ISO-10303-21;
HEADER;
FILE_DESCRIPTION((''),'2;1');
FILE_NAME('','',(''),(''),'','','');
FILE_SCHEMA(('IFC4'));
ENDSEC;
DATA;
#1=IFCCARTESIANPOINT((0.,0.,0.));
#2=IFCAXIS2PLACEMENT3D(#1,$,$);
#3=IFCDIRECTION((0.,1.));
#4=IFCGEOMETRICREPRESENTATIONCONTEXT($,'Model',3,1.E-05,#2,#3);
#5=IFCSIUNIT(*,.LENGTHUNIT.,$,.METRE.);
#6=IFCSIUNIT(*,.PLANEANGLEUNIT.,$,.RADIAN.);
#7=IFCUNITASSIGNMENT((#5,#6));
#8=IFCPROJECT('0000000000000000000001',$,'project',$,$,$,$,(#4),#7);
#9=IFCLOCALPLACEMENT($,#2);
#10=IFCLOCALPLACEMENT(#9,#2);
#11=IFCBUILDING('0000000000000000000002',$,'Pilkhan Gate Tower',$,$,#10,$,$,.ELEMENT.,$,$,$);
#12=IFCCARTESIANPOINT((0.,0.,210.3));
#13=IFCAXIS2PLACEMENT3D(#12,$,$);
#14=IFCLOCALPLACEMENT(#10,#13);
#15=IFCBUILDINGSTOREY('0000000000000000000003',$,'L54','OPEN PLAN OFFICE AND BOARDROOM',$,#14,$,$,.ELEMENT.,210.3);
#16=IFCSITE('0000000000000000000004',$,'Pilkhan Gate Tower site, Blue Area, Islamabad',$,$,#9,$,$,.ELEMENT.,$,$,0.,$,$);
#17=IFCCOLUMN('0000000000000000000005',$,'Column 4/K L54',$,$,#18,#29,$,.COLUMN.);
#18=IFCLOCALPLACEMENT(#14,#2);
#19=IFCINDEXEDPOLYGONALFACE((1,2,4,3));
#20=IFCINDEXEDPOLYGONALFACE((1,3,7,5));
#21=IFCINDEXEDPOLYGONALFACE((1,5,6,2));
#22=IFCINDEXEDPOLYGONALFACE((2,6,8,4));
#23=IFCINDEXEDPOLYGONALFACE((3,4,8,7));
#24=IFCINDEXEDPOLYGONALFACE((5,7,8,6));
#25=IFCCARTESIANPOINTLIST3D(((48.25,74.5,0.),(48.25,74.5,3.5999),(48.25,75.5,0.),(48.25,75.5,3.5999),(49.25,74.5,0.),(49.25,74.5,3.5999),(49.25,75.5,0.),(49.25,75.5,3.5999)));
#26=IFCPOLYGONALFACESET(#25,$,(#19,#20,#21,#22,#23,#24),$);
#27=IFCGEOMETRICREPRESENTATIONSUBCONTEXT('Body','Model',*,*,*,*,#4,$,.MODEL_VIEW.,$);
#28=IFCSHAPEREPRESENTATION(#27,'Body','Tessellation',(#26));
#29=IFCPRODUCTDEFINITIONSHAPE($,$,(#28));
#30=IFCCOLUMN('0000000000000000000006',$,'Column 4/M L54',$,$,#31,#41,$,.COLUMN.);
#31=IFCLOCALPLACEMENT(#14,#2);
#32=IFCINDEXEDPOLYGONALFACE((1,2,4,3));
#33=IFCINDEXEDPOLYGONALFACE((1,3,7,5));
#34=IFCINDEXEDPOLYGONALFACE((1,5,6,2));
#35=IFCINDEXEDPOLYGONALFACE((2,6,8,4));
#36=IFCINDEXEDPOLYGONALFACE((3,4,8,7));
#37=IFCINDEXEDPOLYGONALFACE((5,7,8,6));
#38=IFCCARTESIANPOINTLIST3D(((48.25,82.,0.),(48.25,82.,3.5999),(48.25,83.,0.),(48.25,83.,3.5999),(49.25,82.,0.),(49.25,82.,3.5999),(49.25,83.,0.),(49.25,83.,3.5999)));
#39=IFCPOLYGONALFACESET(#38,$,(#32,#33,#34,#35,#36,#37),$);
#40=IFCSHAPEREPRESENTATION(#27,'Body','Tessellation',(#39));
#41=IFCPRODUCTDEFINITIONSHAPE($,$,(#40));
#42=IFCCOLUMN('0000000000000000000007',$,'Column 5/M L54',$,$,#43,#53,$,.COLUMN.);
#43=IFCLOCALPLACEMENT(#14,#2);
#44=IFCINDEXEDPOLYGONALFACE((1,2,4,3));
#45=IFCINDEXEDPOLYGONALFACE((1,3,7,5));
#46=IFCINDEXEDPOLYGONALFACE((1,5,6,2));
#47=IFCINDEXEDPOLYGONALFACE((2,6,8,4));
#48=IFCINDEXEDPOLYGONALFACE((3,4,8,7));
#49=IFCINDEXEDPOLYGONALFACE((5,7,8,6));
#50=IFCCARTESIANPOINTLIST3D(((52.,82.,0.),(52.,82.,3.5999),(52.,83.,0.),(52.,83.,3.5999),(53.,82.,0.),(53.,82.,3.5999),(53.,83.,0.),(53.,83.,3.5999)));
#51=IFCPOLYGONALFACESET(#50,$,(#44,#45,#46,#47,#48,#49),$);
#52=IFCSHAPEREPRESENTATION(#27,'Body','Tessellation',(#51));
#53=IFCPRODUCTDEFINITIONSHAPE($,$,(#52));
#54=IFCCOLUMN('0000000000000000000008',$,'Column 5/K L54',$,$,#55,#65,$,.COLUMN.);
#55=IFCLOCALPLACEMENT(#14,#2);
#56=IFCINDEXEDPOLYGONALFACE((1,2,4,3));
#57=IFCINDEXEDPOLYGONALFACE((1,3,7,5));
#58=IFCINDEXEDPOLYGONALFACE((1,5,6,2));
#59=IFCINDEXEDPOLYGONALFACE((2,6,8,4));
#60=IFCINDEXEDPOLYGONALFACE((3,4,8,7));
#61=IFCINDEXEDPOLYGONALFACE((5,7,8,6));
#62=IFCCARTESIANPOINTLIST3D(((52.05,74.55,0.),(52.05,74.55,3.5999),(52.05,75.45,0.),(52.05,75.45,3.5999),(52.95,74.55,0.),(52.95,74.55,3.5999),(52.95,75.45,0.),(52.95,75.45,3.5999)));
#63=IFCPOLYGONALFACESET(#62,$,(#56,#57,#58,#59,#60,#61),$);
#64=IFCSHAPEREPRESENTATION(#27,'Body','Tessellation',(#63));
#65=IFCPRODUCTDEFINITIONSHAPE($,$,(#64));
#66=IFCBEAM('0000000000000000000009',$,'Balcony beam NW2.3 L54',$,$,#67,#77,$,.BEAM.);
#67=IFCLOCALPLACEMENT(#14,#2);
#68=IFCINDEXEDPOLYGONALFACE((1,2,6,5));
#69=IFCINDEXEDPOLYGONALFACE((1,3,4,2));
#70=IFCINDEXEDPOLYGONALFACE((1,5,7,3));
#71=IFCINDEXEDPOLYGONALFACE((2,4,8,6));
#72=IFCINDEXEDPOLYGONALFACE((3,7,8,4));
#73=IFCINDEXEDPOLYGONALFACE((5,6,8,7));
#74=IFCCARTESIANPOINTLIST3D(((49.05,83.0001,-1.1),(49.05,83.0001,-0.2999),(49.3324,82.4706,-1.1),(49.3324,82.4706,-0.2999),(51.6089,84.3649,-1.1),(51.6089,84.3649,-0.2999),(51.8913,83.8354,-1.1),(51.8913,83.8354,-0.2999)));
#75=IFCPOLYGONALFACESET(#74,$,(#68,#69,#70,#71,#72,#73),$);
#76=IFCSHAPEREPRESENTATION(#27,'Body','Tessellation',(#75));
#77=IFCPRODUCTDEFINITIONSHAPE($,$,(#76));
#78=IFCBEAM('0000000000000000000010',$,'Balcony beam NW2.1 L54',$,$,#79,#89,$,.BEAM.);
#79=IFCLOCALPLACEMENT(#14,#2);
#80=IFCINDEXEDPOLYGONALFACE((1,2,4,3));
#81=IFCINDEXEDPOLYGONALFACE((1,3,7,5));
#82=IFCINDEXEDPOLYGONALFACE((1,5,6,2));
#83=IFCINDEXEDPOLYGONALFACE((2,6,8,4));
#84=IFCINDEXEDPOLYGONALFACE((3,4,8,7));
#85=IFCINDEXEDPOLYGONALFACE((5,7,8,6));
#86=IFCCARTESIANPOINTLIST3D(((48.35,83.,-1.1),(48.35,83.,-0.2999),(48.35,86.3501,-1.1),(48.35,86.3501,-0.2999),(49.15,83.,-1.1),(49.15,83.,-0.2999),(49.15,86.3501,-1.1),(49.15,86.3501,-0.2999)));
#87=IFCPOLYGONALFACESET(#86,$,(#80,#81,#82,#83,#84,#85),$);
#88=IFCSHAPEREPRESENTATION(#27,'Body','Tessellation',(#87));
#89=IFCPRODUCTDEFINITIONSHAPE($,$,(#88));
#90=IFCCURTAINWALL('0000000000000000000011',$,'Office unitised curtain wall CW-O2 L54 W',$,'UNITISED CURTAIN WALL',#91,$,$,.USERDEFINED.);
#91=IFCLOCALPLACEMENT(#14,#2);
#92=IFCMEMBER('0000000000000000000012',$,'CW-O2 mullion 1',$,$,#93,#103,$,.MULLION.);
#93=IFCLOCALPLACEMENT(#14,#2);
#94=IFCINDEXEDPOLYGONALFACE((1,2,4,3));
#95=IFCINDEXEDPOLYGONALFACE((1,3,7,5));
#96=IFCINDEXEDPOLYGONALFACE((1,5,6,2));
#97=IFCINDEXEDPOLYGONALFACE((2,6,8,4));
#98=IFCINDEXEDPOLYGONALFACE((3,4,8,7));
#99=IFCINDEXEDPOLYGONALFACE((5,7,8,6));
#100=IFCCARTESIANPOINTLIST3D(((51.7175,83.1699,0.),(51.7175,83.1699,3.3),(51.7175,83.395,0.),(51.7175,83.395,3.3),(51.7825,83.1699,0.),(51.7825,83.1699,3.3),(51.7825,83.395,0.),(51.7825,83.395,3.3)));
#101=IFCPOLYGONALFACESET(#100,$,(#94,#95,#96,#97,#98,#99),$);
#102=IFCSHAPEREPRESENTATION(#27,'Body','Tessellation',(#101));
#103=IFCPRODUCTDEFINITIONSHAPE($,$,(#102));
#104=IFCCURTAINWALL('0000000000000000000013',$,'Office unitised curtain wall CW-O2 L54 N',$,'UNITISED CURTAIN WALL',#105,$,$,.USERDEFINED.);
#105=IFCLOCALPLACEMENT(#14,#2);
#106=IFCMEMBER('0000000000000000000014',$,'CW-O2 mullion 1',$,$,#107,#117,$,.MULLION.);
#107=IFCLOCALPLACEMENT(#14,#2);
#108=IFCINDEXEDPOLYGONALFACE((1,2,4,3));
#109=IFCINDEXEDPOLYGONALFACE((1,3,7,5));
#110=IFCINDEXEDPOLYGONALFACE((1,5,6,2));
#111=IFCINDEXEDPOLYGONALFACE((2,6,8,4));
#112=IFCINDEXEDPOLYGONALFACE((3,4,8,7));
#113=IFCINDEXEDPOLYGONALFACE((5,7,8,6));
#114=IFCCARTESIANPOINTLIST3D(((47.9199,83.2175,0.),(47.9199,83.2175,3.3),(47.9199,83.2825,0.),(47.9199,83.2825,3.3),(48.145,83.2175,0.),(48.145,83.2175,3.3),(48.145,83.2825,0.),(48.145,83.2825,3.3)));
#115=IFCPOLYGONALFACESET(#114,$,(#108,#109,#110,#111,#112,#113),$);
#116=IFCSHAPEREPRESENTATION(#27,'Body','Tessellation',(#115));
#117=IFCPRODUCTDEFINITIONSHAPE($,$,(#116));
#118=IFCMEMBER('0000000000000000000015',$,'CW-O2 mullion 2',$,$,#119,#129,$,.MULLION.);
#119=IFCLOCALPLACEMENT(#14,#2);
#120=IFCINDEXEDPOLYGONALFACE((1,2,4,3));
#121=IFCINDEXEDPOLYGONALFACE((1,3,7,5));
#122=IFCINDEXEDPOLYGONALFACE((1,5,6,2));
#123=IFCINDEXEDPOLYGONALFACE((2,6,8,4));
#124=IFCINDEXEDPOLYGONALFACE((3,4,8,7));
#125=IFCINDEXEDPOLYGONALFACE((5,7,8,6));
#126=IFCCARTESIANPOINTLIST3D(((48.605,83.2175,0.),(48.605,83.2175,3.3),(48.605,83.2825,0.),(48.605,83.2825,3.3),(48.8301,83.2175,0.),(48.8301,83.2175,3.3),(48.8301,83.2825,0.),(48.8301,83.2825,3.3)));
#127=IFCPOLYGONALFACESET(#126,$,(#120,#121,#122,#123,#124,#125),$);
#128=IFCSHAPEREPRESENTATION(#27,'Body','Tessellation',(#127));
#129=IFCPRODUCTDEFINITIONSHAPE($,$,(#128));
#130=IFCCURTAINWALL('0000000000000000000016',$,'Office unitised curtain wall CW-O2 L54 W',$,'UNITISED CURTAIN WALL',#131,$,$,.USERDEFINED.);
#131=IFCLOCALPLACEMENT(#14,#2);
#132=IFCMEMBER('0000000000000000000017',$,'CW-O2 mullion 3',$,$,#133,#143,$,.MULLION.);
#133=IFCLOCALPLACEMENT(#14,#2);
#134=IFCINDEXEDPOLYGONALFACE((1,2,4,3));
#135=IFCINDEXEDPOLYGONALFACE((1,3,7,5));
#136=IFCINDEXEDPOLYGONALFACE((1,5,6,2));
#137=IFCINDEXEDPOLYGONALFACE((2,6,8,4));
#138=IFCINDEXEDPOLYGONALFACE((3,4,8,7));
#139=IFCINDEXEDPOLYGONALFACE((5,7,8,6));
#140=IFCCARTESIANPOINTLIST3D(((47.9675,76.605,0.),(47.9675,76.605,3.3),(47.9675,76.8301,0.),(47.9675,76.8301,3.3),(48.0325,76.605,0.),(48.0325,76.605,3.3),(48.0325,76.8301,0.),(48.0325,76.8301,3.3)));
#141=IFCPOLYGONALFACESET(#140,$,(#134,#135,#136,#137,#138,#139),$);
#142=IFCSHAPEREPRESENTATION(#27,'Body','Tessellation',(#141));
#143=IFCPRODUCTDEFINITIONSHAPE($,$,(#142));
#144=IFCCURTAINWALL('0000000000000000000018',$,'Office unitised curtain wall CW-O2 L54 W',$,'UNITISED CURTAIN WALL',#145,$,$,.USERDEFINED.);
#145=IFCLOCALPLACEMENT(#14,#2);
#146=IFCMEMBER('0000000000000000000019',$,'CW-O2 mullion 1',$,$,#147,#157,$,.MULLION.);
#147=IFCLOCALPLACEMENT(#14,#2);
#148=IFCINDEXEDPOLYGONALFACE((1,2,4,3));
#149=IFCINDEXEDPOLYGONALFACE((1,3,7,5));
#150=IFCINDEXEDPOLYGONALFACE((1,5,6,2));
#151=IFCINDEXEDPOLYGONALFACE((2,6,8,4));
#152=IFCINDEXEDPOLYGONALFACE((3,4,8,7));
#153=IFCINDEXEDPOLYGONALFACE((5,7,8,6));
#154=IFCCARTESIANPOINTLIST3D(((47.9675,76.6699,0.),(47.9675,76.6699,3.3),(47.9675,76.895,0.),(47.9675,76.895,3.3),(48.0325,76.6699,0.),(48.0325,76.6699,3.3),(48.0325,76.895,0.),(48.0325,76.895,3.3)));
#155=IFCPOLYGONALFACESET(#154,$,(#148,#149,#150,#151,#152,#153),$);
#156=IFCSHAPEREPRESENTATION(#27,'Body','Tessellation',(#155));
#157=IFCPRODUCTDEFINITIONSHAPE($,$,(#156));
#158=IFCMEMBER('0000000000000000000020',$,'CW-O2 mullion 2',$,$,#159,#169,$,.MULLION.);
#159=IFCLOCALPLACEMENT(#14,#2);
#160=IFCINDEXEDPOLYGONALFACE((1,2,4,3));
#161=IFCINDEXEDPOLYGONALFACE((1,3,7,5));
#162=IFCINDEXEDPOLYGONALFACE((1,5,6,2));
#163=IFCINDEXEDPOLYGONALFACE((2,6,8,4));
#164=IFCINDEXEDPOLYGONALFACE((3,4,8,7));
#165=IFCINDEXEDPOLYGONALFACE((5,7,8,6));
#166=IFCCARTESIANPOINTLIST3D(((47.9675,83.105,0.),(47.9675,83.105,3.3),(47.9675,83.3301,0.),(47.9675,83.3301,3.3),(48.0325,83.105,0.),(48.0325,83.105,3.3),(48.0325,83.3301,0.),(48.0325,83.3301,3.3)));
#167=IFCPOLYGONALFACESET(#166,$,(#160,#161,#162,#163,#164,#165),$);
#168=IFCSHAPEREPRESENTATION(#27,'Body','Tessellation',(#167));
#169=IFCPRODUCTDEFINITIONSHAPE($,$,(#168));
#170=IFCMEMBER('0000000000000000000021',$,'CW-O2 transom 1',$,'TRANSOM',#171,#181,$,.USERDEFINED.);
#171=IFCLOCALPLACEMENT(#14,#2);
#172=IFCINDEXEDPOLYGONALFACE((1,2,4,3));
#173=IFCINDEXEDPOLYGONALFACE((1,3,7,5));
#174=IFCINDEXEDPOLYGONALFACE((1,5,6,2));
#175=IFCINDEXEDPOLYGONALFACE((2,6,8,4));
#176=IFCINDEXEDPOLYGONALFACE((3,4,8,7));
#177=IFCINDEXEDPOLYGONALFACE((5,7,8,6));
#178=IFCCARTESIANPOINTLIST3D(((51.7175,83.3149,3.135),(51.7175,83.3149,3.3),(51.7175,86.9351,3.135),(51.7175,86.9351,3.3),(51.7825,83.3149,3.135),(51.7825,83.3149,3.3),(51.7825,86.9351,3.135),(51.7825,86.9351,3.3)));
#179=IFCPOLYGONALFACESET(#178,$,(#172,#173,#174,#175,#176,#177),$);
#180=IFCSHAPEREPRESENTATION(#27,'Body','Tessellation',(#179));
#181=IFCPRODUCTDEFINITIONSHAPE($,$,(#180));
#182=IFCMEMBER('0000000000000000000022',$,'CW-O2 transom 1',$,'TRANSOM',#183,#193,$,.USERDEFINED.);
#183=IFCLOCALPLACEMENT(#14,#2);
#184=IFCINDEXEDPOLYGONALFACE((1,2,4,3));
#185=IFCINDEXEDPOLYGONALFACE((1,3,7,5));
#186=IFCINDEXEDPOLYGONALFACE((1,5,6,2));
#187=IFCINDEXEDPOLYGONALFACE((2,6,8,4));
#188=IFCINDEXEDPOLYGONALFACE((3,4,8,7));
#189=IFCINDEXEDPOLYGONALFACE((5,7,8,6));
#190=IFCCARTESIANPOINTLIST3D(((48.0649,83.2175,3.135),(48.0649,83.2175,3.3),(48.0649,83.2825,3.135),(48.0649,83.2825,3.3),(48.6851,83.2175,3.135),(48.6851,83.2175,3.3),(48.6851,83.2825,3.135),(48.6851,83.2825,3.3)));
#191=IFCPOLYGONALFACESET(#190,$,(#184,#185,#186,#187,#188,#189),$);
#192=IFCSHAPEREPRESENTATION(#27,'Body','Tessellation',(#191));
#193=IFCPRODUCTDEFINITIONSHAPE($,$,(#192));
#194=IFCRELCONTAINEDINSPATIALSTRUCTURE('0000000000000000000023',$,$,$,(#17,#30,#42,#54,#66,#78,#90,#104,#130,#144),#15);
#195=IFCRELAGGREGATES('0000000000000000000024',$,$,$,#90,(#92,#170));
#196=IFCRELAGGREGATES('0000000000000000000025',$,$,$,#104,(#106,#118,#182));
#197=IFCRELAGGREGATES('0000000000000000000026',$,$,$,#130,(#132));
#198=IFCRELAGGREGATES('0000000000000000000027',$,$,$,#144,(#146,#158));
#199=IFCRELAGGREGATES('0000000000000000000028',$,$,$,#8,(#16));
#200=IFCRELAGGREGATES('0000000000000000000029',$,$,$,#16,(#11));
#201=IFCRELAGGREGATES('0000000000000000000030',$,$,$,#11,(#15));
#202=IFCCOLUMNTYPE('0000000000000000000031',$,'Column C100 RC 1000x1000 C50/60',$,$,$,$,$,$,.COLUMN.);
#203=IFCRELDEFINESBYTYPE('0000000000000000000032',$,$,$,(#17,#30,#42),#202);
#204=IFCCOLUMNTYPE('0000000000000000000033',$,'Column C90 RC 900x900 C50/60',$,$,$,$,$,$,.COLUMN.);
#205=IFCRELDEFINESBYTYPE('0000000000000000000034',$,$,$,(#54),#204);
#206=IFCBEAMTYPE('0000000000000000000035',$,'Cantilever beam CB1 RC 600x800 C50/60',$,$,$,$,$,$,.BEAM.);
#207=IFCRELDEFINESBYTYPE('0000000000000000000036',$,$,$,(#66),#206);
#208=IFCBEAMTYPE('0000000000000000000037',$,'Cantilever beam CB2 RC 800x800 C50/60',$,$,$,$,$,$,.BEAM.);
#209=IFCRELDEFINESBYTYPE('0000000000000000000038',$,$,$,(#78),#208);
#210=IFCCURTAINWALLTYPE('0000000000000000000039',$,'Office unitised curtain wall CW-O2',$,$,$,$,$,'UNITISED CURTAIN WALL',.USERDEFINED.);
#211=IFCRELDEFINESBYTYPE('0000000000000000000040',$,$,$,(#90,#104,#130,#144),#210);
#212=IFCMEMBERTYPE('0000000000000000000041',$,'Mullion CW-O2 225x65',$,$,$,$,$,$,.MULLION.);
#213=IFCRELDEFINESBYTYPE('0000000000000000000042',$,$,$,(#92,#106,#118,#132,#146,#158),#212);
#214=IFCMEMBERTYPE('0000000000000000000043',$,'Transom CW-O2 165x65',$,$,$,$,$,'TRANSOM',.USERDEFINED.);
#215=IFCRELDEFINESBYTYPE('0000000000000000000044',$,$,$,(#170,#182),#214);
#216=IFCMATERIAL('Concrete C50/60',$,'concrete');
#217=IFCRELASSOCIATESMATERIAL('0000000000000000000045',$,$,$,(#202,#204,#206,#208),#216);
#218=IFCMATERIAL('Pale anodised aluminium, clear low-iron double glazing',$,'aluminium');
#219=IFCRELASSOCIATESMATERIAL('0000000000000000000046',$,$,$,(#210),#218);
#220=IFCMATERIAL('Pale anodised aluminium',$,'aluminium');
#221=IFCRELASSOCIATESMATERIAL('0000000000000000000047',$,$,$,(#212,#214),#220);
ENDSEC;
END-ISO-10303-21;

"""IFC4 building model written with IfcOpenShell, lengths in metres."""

from ifc_helpers import new_model, si_unit, direction, frame, origin, origin_2d, place, context, subcontext, project, spatial, rectangle, extrude, material, material_profile, profile_set, type_object, element, aggregate, save


model = new_model("IFC4")

# Units and contexts
model_context = context("Model", 3, precision=1e-05, world=origin(), true_north=direction((0.0, 1.0)))
body_context = subcontext(model_context, "Body", "Model", "MODEL_VIEW")
ifc_project = project(units=[si_unit("LENGTHUNIT", "METRE"), si_unit("PLANEANGLEUNIT", "RADIAN")], contexts=[model_context])

# Site, building, storey
site_placement = place(None, origin())
site = spatial("IfcSite", under=ifc_project, at=site_placement, Name="Pilkhan Gate Tower site, Blue Area, Islamabad", CompositionType="ELEMENT", RefElevation=0.0)
building_placement = place(site_placement, origin())
building = spatial("IfcBuilding", under=site, at=building_placement, Name="Pilkhan Gate Tower", CompositionType="ELEMENT")
storey_placement = place(building_placement, frame((0.0, 0.0, 210.3)))
storey = spatial("IfcBuildingStorey", under=building, at=storey_placement, Name="L54", Description="OPEN PLAN OFFICE AND BOARDROOM", CompositionType="ELEMENT", Elevation=210.3)

# Columns
ifc_material_1 = material(Name="Concrete C50/60", Category="concrete")
ifc_material_profile_1 = material_profile(ifc_material_1, rectangle(XDim=1.0, YDim=1.0, at=origin_2d()), Name="RC 1000x1000")
ifc_profile_set_1 = profile_set([ifc_material_profile_1], Name="Concrete C50/60")
column_type_1 = type_object("IfcColumnType", Name="Column C100 RC 1000x1000 C50/60", PredefinedType="COLUMN", material=ifc_profile_set_1)
for number, where, z_axis, x_axis, name in (
    (1, (48.75, 75.0, 0.0), (0.0, 0.0, 1.0), (1.0, 0.0, 0.0), "Column 4/K L54"),
    (2, (48.75, 82.5, 0.0), (0.0, 0.0, 1.0), (1.0, 0.0, 0.0), "Column 4/M L54"),
    (3, (52.5, 82.5, 0.0), (0.0, 0.0, 1.0), (1.0, 0.0, 0.0), "Column 5/M L54"),
):
    element("IfcColumn", number, at=place(storey_placement, frame(where, z_axis=z_axis, x_axis=x_axis)), inside=storey, type_object=column_type_1, Name=name, PredefinedType="COLUMN", context=body_context, shape_type="SweptSolid", body=[
        extrude(rectangle(XDim=1.0, YDim=1.0, at=origin_2d()), origin(), (0.0, 0.0, 1.0), 3.5999),
    ])
ifc_material_profile_2 = material_profile(ifc_material_1, rectangle(XDim=0.8999, YDim=0.8999, at=origin_2d()), Name="RC 900x900")
ifc_profile_set_2 = profile_set([ifc_material_profile_2], Name="Concrete C50/60")
column_type_2 = type_object("IfcColumnType", Name="Column C90 RC 900x900 C50/60", PredefinedType="COLUMN", material=ifc_profile_set_2)
column_placement = place(storey_placement, frame((52.5, 75.0, 0.0), z_axis=(0.0, 0.0, 1.0), x_axis=(1.0, 0.0, 0.0)))
element("IfcColumn", 4, at=column_placement, inside=storey, type_object=column_type_2, Name="Column 5/K L54", PredefinedType="COLUMN", context=body_context, shape_type="SweptSolid", body=[
    extrude(rectangle(XDim=0.8999, YDim=0.8999, at=origin_2d()), origin(), (0.0, 0.0, 1.0), 3.5999),
])

# Beams
ifc_material_profile_3 = material_profile(ifc_material_1, rectangle(XDim=0.6001, YDim=0.8, at=origin_2d()), Name="RC 600x800")
ifc_profile_set_3 = profile_set([ifc_material_profile_3], Name="Concrete C50/60")
beam_type_1 = type_object("IfcBeamType", Name="Cantilever beam CB1 RC 600x800 C50/60", PredefinedType="BEAM", material=ifc_profile_set_3)
beam_1_placement = place(storey_placement, frame((49.1912, 82.7354, -0.7), z_axis=(0.882348, 0.470597, 0.0), x_axis=(-0.470597, 0.882348, 0.0)))
element("IfcBeam", 5, at=beam_1_placement, inside=storey, type_object=beam_type_1, Name="Balcony beam NW2.3 L54", PredefinedType="BEAM", context=body_context, shape_type="SweptSolid", body=[
    extrude(rectangle(XDim=0.6001, YDim=0.8, at=origin_2d()), origin(), (0.0, 0.0, 1.0), 2.9001),
])
ifc_material_profile_4 = material_profile(ifc_material_1, rectangle(XDim=0.8, YDim=0.8, at=origin_2d()), Name="RC 800x800")
ifc_profile_set_4 = profile_set([ifc_material_profile_4], Name="Concrete C50/60")
beam_type_2 = type_object("IfcBeamType", Name="Cantilever beam CB2 RC 800x800 C50/60", PredefinedType="BEAM", material=ifc_profile_set_4)
beam_2_placement = place(storey_placement, frame((48.75, 83.0, -0.7), z_axis=(0.0, 1.0, 0.0), x_axis=(-1.0, 0.0, 0.0)))
element("IfcBeam", 6, at=beam_2_placement, inside=storey, type_object=beam_type_2, Name="Balcony beam NW2.1 L54", PredefinedType="BEAM", context=body_context, shape_type="SweptSolid", body=[
    extrude(rectangle(XDim=0.8, YDim=0.8, at=origin_2d()), origin(), (0.0, 0.0, 1.0), 3.3501),
])

# Curtain wall, member
ifc_material_2 = material(Name="Pale anodised aluminium, clear low-iron double glazing", Category="aluminium")
curtain_wall_type = type_object("IfcCurtainWallType", Name="Office unitised curtain wall CW-O2", ElementType="UNITISED CURTAIN WALL", PredefinedType="USERDEFINED", material=ifc_material_2)
curtain_wall_1_placement = place(storey_placement, origin())
curtain_wall_1 = element("IfcCurtainWall", 7, at=curtain_wall_1_placement, inside=storey, type_object=curtain_wall_type, Name="Office unitised curtain wall CW-O2 L54 W", ObjectType="UNITISED CURTAIN WALL", PredefinedType="USERDEFINED")
ifc_material_3 = material(Name="Pale anodised aluminium", Category="aluminium")
ifc_material_profile_5 = material_profile(ifc_material_3, rectangle(XDim=0.0649, YDim=0.2251, at=origin_2d()), Name="Mullion 225x65")
ifc_profile_set_5 = profile_set([ifc_material_profile_5], Name="Pale anodised aluminium")
member_type_1 = type_object("IfcMemberType", Name="Mullion CW-O2 225x65", PredefinedType="MULLION", material=ifc_profile_set_5)
member_1_placement = place(storey_placement, frame((51.75, 83.2825, 0.0), z_axis=(0.0, 0.0, 1.0), x_axis=(-1.0, 0.0, 0.0)))
member_1 = element("IfcMember", 8, at=member_1_placement, type_object=member_type_1, Name="CW-O2 mullion 1", PredefinedType="MULLION", context=body_context, shape_type="SweptSolid", body=[
    extrude(rectangle(XDim=0.0649, YDim=0.2251, at=origin_2d()), origin(), (0.0, 0.0, 1.0), 3.3),
])

# Curtain wall, members
curtain_wall_2_placement = place(storey_placement, origin())
curtain_wall_2 = element("IfcCurtainWall", 9, at=curtain_wall_2_placement, inside=storey, type_object=curtain_wall_type, Name="Office unitised curtain wall CW-O2 L54 N", ObjectType="UNITISED CURTAIN WALL", PredefinedType="USERDEFINED")
member_2_placement = place(storey_placement, frame((48.0325, 83.25, 0.0), z_axis=(0.0, 0.0, 1.0), x_axis=(0.0, 1.0, 0.0)))
member_2 = element("IfcMember", 10, at=member_2_placement, type_object=member_type_1, Name="CW-O2 mullion 1", PredefinedType="MULLION", context=body_context, shape_type="SweptSolid", body=[
    extrude(rectangle(XDim=0.0649, YDim=0.2251, at=origin_2d()), origin(), (0.0, 0.0, 1.0), 3.3),
])
member_3_placement = place(storey_placement, frame((48.7175, 83.25, 0.0), z_axis=(0.0, 0.0, 1.0), x_axis=(0.0, 1.0, 0.0)))
member_3 = element("IfcMember", 11, at=member_3_placement, type_object=member_type_1, Name="CW-O2 mullion 2", PredefinedType="MULLION", context=body_context, shape_type="SweptSolid", body=[
    extrude(rectangle(XDim=0.0649, YDim=0.2251, at=origin_2d()), origin(), (0.0, 0.0, 1.0), 3.3),
])

# Curtain wall, member
curtain_wall_3_placement = place(storey_placement, origin())
curtain_wall_3 = element("IfcCurtainWall", 12, at=curtain_wall_3_placement, inside=storey, type_object=curtain_wall_type, Name="Office unitised curtain wall CW-O2 L54 W", ObjectType="UNITISED CURTAIN WALL", PredefinedType="USERDEFINED")
member_4_placement = place(storey_placement, frame((48.0, 76.7175, 0.0), z_axis=(0.0, 0.0, 1.0), x_axis=(-1.0, 0.0, 0.0)))
member_4 = element("IfcMember", 13, at=member_4_placement, type_object=member_type_1, Name="CW-O2 mullion 3", PredefinedType="MULLION", context=body_context, shape_type="SweptSolid", body=[
    extrude(rectangle(XDim=0.0649, YDim=0.2251, at=origin_2d()), origin(), (0.0, 0.0, 1.0), 3.3),
])

# Curtain wall, members
curtain_wall_4_placement = place(storey_placement, origin())
curtain_wall_4 = element("IfcCurtainWall", 14, at=curtain_wall_4_placement, inside=storey, type_object=curtain_wall_type, Name="Office unitised curtain wall CW-O2 L54 W", ObjectType="UNITISED CURTAIN WALL", PredefinedType="USERDEFINED")
member_5_placement = place(storey_placement, frame((48.0, 76.7825, 0.0), z_axis=(0.0, 0.0, 1.0), x_axis=(-1.0, 0.0, 0.0)))
member_5 = element("IfcMember", 15, at=member_5_placement, type_object=member_type_1, Name="CW-O2 mullion 1", PredefinedType="MULLION", context=body_context, shape_type="SweptSolid", body=[
    extrude(rectangle(XDim=0.0649, YDim=0.2251, at=origin_2d()), origin(), (0.0, 0.0, 1.0), 3.3),
])
member_6_placement = place(storey_placement, frame((48.0, 83.2175, 0.0), z_axis=(0.0, 0.0, 1.0), x_axis=(-1.0, 0.0, 0.0)))
member_6 = element("IfcMember", 16, at=member_6_placement, type_object=member_type_1, Name="CW-O2 mullion 2", PredefinedType="MULLION", context=body_context, shape_type="SweptSolid", body=[
    extrude(rectangle(XDim=0.0649, YDim=0.2251, at=origin_2d()), origin(), (0.0, 0.0, 1.0), 3.3),
])

# Members
ifc_material_profile_6 = material_profile(ifc_material_3, rectangle(XDim=0.0649, YDim=0.165, at=origin_2d()), Name="Transom 165x65")
ifc_profile_set_6 = profile_set([ifc_material_profile_6], Name="Pale anodised aluminium")
member_type_2 = type_object("IfcMemberType", Name="Transom CW-O2 165x65", ElementType="TRANSOM", PredefinedType="USERDEFINED", material=ifc_profile_set_6)
member_7_placement = place(storey_placement, frame((51.75, 83.3149, 3.2175), z_axis=(0.0, 1.0, 0.0), x_axis=(-1.0, 0.0, 0.0)))
member_7 = element("IfcMember", 17, at=member_7_placement, type_object=member_type_2, Name="CW-O2 transom 1", ObjectType="TRANSOM", PredefinedType="USERDEFINED", context=body_context, shape_type="SweptSolid", body=[
    extrude(rectangle(XDim=0.0649, YDim=0.165, at=origin_2d()), origin(), (0.0, 0.0, 1.0), 3.6201),
])
member_8_placement = place(storey_placement, frame((48.0649, 83.25, 3.2175), z_axis=(1.0, 0.0, 0.0), x_axis=(0.0, 1.0, 0.0)))
member_8 = element("IfcMember", 18, at=member_8_placement, type_object=member_type_2, Name="CW-O2 transom 1", ObjectType="TRANSOM", PredefinedType="USERDEFINED", context=body_context, shape_type="SweptSolid", body=[
    extrude(rectangle(XDim=0.0649, YDim=0.165, at=origin_2d()), origin(), (0.0, 0.0, 1.0), 0.6201),
])

aggregate(curtain_wall_1, [member_1, member_7])
aggregate(curtain_wall_2, [member_2, member_3, member_8])
aggregate(curtain_wall_3, [member_4])
aggregate(curtain_wall_4, [member_5, member_6])

save(model, "model.ifc")
